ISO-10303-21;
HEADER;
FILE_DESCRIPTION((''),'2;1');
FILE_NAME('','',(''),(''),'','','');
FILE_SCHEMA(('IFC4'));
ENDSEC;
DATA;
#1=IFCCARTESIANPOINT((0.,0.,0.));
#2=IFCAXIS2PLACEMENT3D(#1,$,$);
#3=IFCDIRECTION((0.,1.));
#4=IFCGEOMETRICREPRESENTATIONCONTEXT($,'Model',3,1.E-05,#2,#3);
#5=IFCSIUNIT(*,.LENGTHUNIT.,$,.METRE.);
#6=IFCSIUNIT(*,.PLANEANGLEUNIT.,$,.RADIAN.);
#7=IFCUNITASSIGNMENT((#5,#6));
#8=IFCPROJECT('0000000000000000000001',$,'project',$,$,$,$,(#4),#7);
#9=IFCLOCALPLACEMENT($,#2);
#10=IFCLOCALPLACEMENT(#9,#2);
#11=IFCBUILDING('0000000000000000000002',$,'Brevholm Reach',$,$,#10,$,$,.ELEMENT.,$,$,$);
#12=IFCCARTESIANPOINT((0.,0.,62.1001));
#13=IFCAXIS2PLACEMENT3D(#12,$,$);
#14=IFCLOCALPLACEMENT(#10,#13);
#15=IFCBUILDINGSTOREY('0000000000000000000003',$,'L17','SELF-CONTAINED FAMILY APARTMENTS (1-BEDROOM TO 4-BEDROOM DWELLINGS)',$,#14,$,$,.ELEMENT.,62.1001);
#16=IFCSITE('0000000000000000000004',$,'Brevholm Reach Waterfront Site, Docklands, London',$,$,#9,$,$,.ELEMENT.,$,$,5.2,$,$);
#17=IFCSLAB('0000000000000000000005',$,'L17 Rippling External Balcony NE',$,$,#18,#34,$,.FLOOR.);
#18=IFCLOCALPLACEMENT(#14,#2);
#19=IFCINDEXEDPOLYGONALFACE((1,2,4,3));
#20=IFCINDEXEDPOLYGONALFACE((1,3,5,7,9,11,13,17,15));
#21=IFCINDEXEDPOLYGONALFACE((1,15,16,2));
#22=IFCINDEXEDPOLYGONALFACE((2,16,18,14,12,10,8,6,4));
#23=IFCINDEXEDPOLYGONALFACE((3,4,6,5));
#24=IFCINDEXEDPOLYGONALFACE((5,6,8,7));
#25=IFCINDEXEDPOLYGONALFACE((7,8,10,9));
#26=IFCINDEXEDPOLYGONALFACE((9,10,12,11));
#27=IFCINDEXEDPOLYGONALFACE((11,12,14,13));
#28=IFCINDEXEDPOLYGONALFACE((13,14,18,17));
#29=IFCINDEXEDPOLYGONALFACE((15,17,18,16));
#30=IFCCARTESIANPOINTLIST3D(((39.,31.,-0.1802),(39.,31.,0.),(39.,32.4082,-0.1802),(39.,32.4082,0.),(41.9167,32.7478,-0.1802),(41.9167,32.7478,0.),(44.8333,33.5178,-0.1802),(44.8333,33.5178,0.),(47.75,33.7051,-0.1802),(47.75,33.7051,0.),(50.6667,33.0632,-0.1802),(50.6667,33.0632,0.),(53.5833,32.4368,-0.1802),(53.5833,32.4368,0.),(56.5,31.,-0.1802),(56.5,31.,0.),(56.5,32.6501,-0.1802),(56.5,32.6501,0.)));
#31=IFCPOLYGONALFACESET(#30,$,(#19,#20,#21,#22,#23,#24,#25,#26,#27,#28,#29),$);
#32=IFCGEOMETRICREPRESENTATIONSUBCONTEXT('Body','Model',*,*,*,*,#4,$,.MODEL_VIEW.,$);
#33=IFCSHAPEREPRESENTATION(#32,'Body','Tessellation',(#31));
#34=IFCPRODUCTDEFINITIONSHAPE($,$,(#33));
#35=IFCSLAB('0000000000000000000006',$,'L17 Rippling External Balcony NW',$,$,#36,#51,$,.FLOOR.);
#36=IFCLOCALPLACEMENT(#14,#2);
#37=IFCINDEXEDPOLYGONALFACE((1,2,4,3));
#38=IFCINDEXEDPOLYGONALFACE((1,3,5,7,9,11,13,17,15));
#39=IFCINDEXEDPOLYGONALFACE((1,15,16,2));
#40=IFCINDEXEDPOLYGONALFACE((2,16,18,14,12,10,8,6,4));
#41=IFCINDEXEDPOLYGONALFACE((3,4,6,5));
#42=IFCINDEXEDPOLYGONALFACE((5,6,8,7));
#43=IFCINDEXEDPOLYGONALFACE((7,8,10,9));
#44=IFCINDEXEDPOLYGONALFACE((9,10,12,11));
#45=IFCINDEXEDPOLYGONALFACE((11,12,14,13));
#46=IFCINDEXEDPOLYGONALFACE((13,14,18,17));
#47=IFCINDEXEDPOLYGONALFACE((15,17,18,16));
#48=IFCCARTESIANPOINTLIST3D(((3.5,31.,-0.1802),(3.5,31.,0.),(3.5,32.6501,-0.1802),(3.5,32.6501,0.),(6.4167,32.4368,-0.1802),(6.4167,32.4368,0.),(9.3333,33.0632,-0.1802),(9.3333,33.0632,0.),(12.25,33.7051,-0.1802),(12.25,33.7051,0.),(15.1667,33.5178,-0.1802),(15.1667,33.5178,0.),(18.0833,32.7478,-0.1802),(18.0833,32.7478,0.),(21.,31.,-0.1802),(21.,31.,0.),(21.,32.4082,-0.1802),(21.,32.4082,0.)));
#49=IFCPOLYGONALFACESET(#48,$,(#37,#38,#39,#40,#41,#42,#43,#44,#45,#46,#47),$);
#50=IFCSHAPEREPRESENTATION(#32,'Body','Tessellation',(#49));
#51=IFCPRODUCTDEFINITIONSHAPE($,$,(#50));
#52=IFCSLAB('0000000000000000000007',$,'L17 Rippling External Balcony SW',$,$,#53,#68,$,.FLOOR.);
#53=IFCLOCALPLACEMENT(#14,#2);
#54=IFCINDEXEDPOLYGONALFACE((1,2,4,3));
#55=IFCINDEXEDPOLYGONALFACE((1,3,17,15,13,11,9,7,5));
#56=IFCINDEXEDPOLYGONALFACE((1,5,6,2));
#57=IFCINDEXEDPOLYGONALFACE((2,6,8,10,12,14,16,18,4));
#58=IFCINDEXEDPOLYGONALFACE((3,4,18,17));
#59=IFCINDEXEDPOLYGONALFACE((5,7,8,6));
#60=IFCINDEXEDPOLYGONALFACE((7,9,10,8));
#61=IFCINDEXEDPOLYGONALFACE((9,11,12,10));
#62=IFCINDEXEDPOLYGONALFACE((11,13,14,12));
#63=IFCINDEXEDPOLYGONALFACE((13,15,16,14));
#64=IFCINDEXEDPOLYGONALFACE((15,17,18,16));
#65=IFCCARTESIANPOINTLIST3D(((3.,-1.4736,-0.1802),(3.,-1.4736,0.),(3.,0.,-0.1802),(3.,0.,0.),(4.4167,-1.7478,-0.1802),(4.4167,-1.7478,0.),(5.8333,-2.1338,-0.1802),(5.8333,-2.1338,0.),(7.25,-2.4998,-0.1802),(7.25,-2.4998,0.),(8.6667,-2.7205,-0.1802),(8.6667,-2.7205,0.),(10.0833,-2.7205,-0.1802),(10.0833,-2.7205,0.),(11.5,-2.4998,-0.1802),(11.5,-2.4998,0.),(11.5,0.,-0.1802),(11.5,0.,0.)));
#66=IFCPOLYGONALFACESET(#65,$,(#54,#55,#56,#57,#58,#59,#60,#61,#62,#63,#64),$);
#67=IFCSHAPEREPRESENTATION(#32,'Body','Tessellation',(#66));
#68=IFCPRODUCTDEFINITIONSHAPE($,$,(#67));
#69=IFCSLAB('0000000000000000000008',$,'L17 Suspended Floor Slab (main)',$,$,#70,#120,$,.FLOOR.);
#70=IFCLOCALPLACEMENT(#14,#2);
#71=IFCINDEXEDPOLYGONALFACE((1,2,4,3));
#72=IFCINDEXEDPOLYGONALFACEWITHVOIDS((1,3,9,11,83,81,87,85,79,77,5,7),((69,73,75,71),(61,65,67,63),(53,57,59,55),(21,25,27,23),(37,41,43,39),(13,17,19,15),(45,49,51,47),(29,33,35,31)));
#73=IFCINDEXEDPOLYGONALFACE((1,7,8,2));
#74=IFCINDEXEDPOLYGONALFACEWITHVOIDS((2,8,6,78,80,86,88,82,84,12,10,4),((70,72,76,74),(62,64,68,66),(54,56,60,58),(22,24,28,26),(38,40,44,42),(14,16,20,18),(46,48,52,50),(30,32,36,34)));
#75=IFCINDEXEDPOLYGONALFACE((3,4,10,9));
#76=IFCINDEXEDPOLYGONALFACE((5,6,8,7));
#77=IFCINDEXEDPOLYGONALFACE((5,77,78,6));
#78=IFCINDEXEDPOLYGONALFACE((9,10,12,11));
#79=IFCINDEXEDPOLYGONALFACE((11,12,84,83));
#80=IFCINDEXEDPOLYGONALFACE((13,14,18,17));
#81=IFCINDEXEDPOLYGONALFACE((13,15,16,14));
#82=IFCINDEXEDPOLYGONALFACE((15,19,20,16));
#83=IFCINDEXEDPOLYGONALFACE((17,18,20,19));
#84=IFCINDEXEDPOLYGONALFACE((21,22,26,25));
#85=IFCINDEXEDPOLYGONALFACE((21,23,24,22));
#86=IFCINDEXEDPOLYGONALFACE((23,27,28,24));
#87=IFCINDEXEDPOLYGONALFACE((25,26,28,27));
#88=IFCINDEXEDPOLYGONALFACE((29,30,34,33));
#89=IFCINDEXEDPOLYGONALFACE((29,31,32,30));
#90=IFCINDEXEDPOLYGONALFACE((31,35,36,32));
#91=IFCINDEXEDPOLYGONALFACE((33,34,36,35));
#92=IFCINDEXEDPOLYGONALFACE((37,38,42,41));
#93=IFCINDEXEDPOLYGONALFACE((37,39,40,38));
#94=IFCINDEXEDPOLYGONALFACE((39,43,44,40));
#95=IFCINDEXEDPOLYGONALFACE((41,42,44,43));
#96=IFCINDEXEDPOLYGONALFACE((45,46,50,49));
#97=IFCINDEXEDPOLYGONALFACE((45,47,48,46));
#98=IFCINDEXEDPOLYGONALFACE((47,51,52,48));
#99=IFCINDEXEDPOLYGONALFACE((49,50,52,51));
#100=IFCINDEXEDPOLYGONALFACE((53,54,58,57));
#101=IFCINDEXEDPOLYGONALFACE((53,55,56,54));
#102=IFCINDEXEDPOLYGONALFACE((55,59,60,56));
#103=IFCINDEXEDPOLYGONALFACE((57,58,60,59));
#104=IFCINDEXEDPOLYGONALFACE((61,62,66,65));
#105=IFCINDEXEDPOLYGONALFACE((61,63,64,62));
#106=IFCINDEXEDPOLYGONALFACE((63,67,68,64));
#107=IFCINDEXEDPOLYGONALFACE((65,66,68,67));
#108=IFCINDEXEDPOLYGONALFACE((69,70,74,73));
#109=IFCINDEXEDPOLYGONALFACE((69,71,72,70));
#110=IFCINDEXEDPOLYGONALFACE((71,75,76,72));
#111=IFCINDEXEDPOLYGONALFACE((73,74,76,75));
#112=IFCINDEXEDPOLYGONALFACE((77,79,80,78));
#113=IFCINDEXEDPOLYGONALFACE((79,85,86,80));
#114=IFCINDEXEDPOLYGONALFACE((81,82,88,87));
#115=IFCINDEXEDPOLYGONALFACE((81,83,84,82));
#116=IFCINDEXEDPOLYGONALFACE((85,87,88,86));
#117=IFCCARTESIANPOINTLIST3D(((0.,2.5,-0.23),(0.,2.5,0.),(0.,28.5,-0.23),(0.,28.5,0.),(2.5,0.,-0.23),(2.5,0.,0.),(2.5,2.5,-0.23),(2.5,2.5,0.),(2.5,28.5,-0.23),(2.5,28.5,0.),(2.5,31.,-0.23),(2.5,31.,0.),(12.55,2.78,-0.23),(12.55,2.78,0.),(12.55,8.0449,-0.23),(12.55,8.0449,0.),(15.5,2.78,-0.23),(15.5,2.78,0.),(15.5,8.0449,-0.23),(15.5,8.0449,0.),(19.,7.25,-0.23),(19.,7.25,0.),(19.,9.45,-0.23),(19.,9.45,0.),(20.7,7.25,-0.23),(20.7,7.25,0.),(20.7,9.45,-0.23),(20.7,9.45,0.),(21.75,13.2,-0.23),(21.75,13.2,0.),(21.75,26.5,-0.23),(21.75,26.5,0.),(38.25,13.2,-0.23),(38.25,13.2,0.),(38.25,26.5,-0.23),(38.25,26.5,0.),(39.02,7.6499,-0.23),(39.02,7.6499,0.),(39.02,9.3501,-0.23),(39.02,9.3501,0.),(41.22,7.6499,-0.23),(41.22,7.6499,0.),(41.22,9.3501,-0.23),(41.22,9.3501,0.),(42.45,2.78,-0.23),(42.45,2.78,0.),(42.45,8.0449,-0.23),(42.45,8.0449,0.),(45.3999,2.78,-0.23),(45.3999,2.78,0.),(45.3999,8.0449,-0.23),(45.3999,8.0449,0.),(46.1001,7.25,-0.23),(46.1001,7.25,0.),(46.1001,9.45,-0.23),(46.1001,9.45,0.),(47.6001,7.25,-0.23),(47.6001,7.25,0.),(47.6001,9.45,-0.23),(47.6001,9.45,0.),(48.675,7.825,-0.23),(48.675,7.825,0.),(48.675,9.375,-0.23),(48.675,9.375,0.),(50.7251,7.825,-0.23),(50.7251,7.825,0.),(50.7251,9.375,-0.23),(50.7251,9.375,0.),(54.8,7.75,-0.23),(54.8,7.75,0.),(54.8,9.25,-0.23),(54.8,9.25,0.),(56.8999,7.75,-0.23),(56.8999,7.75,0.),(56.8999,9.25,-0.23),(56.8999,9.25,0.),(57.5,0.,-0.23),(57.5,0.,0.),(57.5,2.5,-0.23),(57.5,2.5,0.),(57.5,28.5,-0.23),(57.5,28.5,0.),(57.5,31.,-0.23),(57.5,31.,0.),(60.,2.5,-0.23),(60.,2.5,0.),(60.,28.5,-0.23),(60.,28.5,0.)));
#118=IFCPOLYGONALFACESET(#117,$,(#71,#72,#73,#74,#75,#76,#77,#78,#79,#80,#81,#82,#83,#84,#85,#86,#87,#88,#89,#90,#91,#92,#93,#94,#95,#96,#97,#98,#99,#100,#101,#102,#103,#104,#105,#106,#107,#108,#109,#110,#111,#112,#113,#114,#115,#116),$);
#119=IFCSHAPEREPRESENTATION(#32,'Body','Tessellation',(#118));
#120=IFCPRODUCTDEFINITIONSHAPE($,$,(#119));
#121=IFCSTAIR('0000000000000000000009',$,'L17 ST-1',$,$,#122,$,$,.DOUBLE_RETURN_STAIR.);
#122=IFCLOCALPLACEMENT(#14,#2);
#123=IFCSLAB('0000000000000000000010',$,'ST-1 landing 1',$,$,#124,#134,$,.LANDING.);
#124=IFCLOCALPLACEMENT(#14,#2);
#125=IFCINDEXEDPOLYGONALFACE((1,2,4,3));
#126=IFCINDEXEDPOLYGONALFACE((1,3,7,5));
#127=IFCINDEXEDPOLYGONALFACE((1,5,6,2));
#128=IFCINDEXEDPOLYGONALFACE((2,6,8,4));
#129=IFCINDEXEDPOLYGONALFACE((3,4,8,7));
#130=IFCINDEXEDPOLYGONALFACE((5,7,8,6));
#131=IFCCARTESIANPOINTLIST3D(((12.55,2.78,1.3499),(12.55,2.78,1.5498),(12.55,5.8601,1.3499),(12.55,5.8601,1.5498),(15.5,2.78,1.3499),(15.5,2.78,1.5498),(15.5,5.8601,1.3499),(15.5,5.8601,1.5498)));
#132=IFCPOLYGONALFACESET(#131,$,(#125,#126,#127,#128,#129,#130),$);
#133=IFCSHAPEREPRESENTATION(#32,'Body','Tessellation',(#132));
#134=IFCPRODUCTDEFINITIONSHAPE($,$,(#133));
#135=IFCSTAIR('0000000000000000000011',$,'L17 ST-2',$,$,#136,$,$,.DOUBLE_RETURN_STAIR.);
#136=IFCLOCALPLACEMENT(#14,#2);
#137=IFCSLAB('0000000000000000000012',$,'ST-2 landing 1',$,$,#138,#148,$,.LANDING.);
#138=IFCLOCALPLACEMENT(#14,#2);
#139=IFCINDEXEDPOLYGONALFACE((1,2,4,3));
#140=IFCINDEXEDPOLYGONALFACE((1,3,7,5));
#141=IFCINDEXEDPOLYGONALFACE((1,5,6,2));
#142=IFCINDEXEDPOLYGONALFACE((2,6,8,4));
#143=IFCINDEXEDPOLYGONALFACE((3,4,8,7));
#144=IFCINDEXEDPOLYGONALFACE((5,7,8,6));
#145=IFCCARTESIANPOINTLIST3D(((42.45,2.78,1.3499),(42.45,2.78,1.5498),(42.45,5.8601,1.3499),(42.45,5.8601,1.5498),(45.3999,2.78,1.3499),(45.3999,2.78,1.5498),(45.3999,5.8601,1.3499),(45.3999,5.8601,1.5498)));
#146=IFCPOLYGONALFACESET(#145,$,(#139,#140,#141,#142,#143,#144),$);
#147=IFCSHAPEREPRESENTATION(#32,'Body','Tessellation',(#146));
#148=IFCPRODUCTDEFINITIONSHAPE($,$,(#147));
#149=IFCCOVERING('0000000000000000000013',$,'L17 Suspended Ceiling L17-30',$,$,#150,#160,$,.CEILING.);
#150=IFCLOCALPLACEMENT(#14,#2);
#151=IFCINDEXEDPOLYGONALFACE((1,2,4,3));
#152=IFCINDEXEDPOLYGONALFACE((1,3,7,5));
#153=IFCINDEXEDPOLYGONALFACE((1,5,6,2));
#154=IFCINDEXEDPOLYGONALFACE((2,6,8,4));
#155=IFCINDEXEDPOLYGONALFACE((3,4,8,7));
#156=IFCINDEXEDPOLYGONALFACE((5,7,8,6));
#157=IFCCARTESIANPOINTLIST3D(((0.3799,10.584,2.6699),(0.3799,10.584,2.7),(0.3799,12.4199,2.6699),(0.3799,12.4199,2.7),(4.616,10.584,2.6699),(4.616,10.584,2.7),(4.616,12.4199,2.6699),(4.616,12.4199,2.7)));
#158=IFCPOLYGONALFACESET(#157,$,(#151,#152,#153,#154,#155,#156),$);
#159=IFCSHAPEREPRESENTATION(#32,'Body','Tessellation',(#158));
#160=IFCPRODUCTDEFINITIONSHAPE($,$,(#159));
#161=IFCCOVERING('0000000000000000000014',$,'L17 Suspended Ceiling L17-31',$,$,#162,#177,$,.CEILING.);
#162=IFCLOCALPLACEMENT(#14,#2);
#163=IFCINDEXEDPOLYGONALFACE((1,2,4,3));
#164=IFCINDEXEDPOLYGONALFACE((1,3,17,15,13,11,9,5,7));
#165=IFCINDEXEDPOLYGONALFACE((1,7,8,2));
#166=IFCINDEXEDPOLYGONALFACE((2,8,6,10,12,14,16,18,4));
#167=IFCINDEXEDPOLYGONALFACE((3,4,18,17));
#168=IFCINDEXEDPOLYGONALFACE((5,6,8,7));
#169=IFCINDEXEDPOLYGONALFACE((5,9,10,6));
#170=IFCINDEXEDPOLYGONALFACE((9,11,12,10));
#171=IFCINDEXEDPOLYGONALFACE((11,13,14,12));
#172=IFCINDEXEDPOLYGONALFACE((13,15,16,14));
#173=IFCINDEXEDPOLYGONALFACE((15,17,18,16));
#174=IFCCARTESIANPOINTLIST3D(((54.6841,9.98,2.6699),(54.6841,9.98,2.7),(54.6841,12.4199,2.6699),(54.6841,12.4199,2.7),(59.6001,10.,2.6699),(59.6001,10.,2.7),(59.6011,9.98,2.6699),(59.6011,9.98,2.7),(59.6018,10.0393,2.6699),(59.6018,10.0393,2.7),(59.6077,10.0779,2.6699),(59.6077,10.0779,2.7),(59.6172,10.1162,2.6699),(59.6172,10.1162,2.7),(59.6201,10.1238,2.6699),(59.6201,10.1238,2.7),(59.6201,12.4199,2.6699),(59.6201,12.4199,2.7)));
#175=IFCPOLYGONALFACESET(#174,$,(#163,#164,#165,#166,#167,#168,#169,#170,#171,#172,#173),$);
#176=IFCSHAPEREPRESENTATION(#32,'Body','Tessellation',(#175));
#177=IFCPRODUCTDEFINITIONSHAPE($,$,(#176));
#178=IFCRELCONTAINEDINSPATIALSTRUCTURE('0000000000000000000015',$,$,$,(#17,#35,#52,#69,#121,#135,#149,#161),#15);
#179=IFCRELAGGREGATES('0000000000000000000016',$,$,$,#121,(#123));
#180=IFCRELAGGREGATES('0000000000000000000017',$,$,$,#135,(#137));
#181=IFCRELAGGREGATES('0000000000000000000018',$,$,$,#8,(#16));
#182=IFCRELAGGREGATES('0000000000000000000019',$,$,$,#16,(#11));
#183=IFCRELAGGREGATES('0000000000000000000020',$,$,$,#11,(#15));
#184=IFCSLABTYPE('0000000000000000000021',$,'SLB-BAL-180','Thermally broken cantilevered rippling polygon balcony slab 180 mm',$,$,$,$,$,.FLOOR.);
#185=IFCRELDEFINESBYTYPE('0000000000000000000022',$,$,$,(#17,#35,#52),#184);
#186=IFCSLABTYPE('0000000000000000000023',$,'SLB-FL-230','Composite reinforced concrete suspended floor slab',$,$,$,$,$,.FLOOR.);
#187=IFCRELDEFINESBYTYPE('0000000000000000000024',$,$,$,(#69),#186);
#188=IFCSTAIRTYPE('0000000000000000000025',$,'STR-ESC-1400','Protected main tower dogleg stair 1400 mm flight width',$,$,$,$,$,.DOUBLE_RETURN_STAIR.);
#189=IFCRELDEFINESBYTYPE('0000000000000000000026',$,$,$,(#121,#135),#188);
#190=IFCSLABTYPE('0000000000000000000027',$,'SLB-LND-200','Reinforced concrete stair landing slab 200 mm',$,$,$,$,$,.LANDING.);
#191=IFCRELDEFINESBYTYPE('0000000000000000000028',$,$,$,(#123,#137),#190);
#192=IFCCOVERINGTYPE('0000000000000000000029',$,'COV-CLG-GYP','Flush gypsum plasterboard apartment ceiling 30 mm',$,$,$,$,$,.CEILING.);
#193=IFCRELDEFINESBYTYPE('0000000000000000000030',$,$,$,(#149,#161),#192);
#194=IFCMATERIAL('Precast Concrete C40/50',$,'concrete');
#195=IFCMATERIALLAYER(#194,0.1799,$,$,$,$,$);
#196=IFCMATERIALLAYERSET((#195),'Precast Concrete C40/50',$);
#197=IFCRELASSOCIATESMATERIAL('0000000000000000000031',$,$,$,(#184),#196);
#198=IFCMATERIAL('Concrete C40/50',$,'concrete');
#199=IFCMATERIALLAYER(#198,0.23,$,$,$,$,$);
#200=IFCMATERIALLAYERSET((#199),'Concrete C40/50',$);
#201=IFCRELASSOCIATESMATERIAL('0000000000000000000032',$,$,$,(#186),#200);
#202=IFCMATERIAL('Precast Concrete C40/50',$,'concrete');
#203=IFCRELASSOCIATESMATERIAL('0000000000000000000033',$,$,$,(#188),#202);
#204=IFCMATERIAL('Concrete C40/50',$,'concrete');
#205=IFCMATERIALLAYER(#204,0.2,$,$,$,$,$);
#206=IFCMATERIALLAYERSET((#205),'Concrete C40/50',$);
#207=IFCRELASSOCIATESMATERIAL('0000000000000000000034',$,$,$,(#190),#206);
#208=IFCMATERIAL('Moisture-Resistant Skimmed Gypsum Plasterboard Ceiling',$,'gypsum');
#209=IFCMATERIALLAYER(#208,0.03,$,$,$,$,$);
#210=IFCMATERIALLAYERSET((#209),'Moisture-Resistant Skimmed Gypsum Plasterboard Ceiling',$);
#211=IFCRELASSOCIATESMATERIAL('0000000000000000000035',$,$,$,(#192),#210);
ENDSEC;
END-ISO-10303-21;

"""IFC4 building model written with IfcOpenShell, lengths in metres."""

from ifc_helpers import new_model, si_unit, direction, frame, origin, place, context, subcontext, project, spatial, polyline, outline, extrude, material, layer, layer_set, type_object, element, aggregate, save


model = new_model("IFC4")

# Units and contexts
model_context = context("Model", 3, precision=1e-05, world=origin(), true_north=direction((0.0, 1.0)))
body_context = subcontext(model_context, "Body", "Model", "MODEL_VIEW")
ifc_project = project(units=[si_unit("LENGTHUNIT", "METRE"), si_unit("PLANEANGLEUNIT", "RADIAN")], contexts=[model_context])

# Site, building, storey
site_placement = place(None, origin())
site = spatial("IfcSite", under=ifc_project, at=site_placement, Name="Brevholm Reach Waterfront Site, Docklands, London", CompositionType="ELEMENT", RefElevation=5.2)
building_placement = place(site_placement, origin())
building = spatial("IfcBuilding", under=site, at=building_placement, Name="Brevholm Reach", CompositionType="ELEMENT")
storey_placement = place(building_placement, frame((0.0, 0.0, 62.1001)))
storey = spatial("IfcBuildingStorey", under=building, at=storey_placement, Name="L17", Description="SELF-CONTAINED FAMILY APARTMENTS (1-BEDROOM TO 4-BEDROOM DWELLINGS)", CompositionType="ELEMENT", Elevation=62.1001)

# Slabs
ifc_material_1 = material(Name="Precast Concrete C40/50", Category="concrete")
ifc_layer_1 = layer(ifc_material_1, 0.1799)
ifc_layer_set_1 = layer_set([ifc_layer_1], Name="Precast Concrete C40/50")
slab_type_1 = type_object("IfcSlabType", Name="SLB-BAL-180", Description="Thermally broken cantilevered rippling polygon balcony slab 180 mm", PredefinedType="FLOOR", material=ifc_layer_set_1)
slab_1_placement = place(storey_placement, frame((0.0, 0.0, -0.1802)))
element("IfcSlab", 1, at=slab_1_placement, inside=storey, type_object=slab_type_1, Name="L17 Rippling External Balcony NE", PredefinedType="FLOOR", context=body_context, shape_type="SweptSolid", body=[
    extrude(outline(polyline([(39.0, 31.0), (56.5, 31.0), (56.5, 32.6501), (53.5833, 32.4368), (50.6667, 33.0632), (47.75, 33.7051), (44.8333, 33.5178), (41.9167, 32.7478), (39.0, 32.4082), (39.0, 31.0)])), origin(), (0.0, 0.0, 1.0), 0.1802),
])
slab_2_placement = place(storey_placement, frame((0.0, 0.0, -0.1802)))
element("IfcSlab", 2, at=slab_2_placement, inside=storey, type_object=slab_type_1, Name="L17 Rippling External Balcony NW", PredefinedType="FLOOR", context=body_context, shape_type="SweptSolid", body=[
    extrude(outline(polyline([(3.5, 31.0), (21.0, 31.0), (21.0, 32.4082), (18.0833, 32.7478), (15.1667, 33.5178), (12.25, 33.7051), (9.3333, 33.0632), (6.4167, 32.4368), (3.5, 32.6501), (3.5, 31.0)])), origin(), (0.0, 0.0, 1.0), 0.1802),
])
slab_3_placement = place(storey_placement, frame((0.0, 0.0, -0.1802)))
element("IfcSlab", 3, at=slab_3_placement, inside=storey, type_object=slab_type_1, Name="L17 Rippling External Balcony SW", PredefinedType="FLOOR", context=body_context, shape_type="SweptSolid", body=[
    extrude(outline(polyline([(3.0, -1.4736), (4.4167, -1.7478), (5.8333, -2.1338), (7.25, -2.4998), (8.6667, -2.7205), (10.0833, -2.7205), (11.5, -2.4998), (11.5, 0.0), (3.0, 0.0), (3.0, -1.4736)])), origin(), (0.0, 0.0, 1.0), 0.1802),
])
ifc_material_2 = material(Name="Concrete C40/50", Category="concrete")
ifc_layer_2 = layer(ifc_material_2, 0.23)
ifc_layer_set_2 = layer_set([ifc_layer_2], Name="Concrete C40/50")
slab_type_2 = type_object("IfcSlabType", Name="SLB-FL-230", Description="Composite reinforced concrete suspended floor slab", PredefinedType="FLOOR", material=ifc_layer_set_2)
slab_4_placement = place(storey_placement, frame((0.0, 0.0, -0.23)))
element("IfcSlab", 4, at=slab_4_placement, inside=storey, type_object=slab_type_2, Name="L17 Suspended Floor Slab (main)", PredefinedType="FLOOR", context=body_context, shape_type="SweptSolid", body=[
    extrude(outline(polyline([(2.5, 0.0), (57.5, 0.0), (57.5, 2.5), (60.0, 2.5), (60.0, 28.5), (57.5, 28.5), (57.5, 31.0), (2.5, 31.0), (2.5, 28.5), (0.0, 28.5), (0.0, 2.5), (2.5, 2.5), (2.5, 0.0)]), holes=[polyline([(21.75, 13.2), (38.25, 13.2), (38.25, 26.5), (21.75, 26.5), (21.75, 13.2)]), polyline([(12.55, 2.78), (15.5, 2.78), (15.5, 8.0449), (12.55, 8.0449), (12.55, 2.78)]), polyline([(42.45, 2.78), (45.3999, 2.78), (45.3999, 8.0449), (42.45, 8.0449), (42.45, 2.78)]), polyline([(19.0, 7.25), (20.7, 7.25), (20.7, 9.45), (19.0, 9.45), (19.0, 7.25)]), polyline([(46.1001, 7.25), (47.6001, 7.25), (47.6001, 9.45), (46.1001, 9.45), (46.1001, 7.25)]), polyline([(48.675, 7.825), (50.7251, 7.825), (50.7251, 9.375), (48.675, 9.375), (48.675, 7.825)]), polyline([(54.8, 7.75), (56.8999, 7.75), (56.8999, 9.25), (54.8, 9.25), (54.8, 7.75)]), polyline([(39.02, 7.6499), (41.22, 7.6499), (41.22, 9.3501), (39.02, 9.3501), (39.02, 7.6499)])]), origin(), (0.0, 0.0, 1.0), 0.23),
])

# Stairs, slabs
ifc_material_3 = material(Name="Precast Concrete C40/50", Category="concrete")
stair_type = type_object("IfcStairType", Name="STR-ESC-1400", Description="Protected main tower dogleg stair 1400 mm flight width", PredefinedType="DOUBLE_RETURN_STAIR", material=ifc_material_3)
stair_1_placement = place(storey_placement, origin())
stair_1 = element("IfcStair", 5, at=stair_1_placement, inside=storey, type_object=stair_type, Name="L17 ST-1", PredefinedType="DOUBLE_RETURN_STAIR")
ifc_material_4 = material(Name="Concrete C40/50", Category="concrete")
ifc_layer_3 = layer(ifc_material_4, 0.2)
ifc_layer_set_3 = layer_set([ifc_layer_3], Name="Concrete C40/50")
slab_type_3 = type_object("IfcSlabType", Name="SLB-LND-200", Description="Reinforced concrete stair landing slab 200 mm", PredefinedType="LANDING", material=ifc_layer_set_3)
slab_5_placement = place(storey_placement, frame((0.0, 0.0, 1.3499)))
slab_5 = element("IfcSlab", 6, at=slab_5_placement, type_object=slab_type_3, Name="ST-1 landing 1", PredefinedType="LANDING", context=body_context, shape_type="SweptSolid", body=[
    extrude(outline(polyline([(12.55, 5.8601), (12.55, 2.78), (15.5, 2.78), (15.5, 5.8601), (12.55, 5.8601)])), origin(), (0.0, 0.0, 1.0), 0.2),
])
aggregate(stair_1, [slab_5])
stair_2_placement = place(storey_placement, origin())
stair_2 = element("IfcStair", 7, at=stair_2_placement, inside=storey, type_object=stair_type, Name="L17 ST-2", PredefinedType="DOUBLE_RETURN_STAIR")
slab_6_placement = place(storey_placement, frame((0.0, 0.0, 1.3499)))
slab_6 = element("IfcSlab", 8, at=slab_6_placement, type_object=slab_type_3, Name="ST-2 landing 1", PredefinedType="LANDING", context=body_context, shape_type="SweptSolid", body=[
    extrude(outline(polyline([(42.45, 5.8601), (42.45, 2.78), (45.3999, 2.78), (45.3999, 5.8601), (42.45, 5.8601)])), origin(), (0.0, 0.0, 1.0), 0.2),
])
aggregate(stair_2, [slab_6])

# Coverings
ifc_material_5 = material(Name="Moisture-Resistant Skimmed Gypsum Plasterboard Ceiling", Category="gypsum")
ifc_layer_4 = layer(ifc_material_5, 0.03)
ifc_layer_set_4 = layer_set([ifc_layer_4], Name="Moisture-Resistant Skimmed Gypsum Plasterboard Ceiling")
covering_type_1 = type_object("IfcCoveringType", Name="COV-CLG-GYP", Description="Flush gypsum plasterboard apartment ceiling 30 mm", PredefinedType="CEILING", material=ifc_layer_set_4)
covering_1_placement = place(storey_placement, frame((0.0, 0.0, 2.6699)))
element("IfcCovering", 9, at=covering_1_placement, inside=storey, type_object=covering_type_1, Name="L17 Suspended Ceiling L17-30", PredefinedType="CEILING", context=body_context, shape_type="SweptSolid", body=[
    extrude(outline(polyline([(0.3799, 12.4199), (4.616, 12.4199), (4.616, 10.584), (0.3799, 10.584), (0.3799, 12.4199)])), origin(), (0.0, 0.0, 1.0), 0.03),
])
covering_2_placement = place(storey_placement, frame((0.0, 0.0, 2.6699)))
element("IfcCovering", 10, at=covering_2_placement, inside=storey, type_object=covering_type_1, Name="L17 Suspended Ceiling L17-31", PredefinedType="CEILING", context=body_context, shape_type="SweptSolid", body=[
    extrude(outline(polyline([(59.6201, 12.4199), (59.6201, 10.1238), (59.6172, 10.1162), (59.6077, 10.0779), (59.6018, 10.0393), (59.6001, 10.0), (59.6011, 9.98), (54.6841, 9.98), (54.6841, 12.4199), (59.6201, 12.4199)])), origin(), (0.0, 0.0, 1.0), 0.03),
])

save(model, "model.ifc")
